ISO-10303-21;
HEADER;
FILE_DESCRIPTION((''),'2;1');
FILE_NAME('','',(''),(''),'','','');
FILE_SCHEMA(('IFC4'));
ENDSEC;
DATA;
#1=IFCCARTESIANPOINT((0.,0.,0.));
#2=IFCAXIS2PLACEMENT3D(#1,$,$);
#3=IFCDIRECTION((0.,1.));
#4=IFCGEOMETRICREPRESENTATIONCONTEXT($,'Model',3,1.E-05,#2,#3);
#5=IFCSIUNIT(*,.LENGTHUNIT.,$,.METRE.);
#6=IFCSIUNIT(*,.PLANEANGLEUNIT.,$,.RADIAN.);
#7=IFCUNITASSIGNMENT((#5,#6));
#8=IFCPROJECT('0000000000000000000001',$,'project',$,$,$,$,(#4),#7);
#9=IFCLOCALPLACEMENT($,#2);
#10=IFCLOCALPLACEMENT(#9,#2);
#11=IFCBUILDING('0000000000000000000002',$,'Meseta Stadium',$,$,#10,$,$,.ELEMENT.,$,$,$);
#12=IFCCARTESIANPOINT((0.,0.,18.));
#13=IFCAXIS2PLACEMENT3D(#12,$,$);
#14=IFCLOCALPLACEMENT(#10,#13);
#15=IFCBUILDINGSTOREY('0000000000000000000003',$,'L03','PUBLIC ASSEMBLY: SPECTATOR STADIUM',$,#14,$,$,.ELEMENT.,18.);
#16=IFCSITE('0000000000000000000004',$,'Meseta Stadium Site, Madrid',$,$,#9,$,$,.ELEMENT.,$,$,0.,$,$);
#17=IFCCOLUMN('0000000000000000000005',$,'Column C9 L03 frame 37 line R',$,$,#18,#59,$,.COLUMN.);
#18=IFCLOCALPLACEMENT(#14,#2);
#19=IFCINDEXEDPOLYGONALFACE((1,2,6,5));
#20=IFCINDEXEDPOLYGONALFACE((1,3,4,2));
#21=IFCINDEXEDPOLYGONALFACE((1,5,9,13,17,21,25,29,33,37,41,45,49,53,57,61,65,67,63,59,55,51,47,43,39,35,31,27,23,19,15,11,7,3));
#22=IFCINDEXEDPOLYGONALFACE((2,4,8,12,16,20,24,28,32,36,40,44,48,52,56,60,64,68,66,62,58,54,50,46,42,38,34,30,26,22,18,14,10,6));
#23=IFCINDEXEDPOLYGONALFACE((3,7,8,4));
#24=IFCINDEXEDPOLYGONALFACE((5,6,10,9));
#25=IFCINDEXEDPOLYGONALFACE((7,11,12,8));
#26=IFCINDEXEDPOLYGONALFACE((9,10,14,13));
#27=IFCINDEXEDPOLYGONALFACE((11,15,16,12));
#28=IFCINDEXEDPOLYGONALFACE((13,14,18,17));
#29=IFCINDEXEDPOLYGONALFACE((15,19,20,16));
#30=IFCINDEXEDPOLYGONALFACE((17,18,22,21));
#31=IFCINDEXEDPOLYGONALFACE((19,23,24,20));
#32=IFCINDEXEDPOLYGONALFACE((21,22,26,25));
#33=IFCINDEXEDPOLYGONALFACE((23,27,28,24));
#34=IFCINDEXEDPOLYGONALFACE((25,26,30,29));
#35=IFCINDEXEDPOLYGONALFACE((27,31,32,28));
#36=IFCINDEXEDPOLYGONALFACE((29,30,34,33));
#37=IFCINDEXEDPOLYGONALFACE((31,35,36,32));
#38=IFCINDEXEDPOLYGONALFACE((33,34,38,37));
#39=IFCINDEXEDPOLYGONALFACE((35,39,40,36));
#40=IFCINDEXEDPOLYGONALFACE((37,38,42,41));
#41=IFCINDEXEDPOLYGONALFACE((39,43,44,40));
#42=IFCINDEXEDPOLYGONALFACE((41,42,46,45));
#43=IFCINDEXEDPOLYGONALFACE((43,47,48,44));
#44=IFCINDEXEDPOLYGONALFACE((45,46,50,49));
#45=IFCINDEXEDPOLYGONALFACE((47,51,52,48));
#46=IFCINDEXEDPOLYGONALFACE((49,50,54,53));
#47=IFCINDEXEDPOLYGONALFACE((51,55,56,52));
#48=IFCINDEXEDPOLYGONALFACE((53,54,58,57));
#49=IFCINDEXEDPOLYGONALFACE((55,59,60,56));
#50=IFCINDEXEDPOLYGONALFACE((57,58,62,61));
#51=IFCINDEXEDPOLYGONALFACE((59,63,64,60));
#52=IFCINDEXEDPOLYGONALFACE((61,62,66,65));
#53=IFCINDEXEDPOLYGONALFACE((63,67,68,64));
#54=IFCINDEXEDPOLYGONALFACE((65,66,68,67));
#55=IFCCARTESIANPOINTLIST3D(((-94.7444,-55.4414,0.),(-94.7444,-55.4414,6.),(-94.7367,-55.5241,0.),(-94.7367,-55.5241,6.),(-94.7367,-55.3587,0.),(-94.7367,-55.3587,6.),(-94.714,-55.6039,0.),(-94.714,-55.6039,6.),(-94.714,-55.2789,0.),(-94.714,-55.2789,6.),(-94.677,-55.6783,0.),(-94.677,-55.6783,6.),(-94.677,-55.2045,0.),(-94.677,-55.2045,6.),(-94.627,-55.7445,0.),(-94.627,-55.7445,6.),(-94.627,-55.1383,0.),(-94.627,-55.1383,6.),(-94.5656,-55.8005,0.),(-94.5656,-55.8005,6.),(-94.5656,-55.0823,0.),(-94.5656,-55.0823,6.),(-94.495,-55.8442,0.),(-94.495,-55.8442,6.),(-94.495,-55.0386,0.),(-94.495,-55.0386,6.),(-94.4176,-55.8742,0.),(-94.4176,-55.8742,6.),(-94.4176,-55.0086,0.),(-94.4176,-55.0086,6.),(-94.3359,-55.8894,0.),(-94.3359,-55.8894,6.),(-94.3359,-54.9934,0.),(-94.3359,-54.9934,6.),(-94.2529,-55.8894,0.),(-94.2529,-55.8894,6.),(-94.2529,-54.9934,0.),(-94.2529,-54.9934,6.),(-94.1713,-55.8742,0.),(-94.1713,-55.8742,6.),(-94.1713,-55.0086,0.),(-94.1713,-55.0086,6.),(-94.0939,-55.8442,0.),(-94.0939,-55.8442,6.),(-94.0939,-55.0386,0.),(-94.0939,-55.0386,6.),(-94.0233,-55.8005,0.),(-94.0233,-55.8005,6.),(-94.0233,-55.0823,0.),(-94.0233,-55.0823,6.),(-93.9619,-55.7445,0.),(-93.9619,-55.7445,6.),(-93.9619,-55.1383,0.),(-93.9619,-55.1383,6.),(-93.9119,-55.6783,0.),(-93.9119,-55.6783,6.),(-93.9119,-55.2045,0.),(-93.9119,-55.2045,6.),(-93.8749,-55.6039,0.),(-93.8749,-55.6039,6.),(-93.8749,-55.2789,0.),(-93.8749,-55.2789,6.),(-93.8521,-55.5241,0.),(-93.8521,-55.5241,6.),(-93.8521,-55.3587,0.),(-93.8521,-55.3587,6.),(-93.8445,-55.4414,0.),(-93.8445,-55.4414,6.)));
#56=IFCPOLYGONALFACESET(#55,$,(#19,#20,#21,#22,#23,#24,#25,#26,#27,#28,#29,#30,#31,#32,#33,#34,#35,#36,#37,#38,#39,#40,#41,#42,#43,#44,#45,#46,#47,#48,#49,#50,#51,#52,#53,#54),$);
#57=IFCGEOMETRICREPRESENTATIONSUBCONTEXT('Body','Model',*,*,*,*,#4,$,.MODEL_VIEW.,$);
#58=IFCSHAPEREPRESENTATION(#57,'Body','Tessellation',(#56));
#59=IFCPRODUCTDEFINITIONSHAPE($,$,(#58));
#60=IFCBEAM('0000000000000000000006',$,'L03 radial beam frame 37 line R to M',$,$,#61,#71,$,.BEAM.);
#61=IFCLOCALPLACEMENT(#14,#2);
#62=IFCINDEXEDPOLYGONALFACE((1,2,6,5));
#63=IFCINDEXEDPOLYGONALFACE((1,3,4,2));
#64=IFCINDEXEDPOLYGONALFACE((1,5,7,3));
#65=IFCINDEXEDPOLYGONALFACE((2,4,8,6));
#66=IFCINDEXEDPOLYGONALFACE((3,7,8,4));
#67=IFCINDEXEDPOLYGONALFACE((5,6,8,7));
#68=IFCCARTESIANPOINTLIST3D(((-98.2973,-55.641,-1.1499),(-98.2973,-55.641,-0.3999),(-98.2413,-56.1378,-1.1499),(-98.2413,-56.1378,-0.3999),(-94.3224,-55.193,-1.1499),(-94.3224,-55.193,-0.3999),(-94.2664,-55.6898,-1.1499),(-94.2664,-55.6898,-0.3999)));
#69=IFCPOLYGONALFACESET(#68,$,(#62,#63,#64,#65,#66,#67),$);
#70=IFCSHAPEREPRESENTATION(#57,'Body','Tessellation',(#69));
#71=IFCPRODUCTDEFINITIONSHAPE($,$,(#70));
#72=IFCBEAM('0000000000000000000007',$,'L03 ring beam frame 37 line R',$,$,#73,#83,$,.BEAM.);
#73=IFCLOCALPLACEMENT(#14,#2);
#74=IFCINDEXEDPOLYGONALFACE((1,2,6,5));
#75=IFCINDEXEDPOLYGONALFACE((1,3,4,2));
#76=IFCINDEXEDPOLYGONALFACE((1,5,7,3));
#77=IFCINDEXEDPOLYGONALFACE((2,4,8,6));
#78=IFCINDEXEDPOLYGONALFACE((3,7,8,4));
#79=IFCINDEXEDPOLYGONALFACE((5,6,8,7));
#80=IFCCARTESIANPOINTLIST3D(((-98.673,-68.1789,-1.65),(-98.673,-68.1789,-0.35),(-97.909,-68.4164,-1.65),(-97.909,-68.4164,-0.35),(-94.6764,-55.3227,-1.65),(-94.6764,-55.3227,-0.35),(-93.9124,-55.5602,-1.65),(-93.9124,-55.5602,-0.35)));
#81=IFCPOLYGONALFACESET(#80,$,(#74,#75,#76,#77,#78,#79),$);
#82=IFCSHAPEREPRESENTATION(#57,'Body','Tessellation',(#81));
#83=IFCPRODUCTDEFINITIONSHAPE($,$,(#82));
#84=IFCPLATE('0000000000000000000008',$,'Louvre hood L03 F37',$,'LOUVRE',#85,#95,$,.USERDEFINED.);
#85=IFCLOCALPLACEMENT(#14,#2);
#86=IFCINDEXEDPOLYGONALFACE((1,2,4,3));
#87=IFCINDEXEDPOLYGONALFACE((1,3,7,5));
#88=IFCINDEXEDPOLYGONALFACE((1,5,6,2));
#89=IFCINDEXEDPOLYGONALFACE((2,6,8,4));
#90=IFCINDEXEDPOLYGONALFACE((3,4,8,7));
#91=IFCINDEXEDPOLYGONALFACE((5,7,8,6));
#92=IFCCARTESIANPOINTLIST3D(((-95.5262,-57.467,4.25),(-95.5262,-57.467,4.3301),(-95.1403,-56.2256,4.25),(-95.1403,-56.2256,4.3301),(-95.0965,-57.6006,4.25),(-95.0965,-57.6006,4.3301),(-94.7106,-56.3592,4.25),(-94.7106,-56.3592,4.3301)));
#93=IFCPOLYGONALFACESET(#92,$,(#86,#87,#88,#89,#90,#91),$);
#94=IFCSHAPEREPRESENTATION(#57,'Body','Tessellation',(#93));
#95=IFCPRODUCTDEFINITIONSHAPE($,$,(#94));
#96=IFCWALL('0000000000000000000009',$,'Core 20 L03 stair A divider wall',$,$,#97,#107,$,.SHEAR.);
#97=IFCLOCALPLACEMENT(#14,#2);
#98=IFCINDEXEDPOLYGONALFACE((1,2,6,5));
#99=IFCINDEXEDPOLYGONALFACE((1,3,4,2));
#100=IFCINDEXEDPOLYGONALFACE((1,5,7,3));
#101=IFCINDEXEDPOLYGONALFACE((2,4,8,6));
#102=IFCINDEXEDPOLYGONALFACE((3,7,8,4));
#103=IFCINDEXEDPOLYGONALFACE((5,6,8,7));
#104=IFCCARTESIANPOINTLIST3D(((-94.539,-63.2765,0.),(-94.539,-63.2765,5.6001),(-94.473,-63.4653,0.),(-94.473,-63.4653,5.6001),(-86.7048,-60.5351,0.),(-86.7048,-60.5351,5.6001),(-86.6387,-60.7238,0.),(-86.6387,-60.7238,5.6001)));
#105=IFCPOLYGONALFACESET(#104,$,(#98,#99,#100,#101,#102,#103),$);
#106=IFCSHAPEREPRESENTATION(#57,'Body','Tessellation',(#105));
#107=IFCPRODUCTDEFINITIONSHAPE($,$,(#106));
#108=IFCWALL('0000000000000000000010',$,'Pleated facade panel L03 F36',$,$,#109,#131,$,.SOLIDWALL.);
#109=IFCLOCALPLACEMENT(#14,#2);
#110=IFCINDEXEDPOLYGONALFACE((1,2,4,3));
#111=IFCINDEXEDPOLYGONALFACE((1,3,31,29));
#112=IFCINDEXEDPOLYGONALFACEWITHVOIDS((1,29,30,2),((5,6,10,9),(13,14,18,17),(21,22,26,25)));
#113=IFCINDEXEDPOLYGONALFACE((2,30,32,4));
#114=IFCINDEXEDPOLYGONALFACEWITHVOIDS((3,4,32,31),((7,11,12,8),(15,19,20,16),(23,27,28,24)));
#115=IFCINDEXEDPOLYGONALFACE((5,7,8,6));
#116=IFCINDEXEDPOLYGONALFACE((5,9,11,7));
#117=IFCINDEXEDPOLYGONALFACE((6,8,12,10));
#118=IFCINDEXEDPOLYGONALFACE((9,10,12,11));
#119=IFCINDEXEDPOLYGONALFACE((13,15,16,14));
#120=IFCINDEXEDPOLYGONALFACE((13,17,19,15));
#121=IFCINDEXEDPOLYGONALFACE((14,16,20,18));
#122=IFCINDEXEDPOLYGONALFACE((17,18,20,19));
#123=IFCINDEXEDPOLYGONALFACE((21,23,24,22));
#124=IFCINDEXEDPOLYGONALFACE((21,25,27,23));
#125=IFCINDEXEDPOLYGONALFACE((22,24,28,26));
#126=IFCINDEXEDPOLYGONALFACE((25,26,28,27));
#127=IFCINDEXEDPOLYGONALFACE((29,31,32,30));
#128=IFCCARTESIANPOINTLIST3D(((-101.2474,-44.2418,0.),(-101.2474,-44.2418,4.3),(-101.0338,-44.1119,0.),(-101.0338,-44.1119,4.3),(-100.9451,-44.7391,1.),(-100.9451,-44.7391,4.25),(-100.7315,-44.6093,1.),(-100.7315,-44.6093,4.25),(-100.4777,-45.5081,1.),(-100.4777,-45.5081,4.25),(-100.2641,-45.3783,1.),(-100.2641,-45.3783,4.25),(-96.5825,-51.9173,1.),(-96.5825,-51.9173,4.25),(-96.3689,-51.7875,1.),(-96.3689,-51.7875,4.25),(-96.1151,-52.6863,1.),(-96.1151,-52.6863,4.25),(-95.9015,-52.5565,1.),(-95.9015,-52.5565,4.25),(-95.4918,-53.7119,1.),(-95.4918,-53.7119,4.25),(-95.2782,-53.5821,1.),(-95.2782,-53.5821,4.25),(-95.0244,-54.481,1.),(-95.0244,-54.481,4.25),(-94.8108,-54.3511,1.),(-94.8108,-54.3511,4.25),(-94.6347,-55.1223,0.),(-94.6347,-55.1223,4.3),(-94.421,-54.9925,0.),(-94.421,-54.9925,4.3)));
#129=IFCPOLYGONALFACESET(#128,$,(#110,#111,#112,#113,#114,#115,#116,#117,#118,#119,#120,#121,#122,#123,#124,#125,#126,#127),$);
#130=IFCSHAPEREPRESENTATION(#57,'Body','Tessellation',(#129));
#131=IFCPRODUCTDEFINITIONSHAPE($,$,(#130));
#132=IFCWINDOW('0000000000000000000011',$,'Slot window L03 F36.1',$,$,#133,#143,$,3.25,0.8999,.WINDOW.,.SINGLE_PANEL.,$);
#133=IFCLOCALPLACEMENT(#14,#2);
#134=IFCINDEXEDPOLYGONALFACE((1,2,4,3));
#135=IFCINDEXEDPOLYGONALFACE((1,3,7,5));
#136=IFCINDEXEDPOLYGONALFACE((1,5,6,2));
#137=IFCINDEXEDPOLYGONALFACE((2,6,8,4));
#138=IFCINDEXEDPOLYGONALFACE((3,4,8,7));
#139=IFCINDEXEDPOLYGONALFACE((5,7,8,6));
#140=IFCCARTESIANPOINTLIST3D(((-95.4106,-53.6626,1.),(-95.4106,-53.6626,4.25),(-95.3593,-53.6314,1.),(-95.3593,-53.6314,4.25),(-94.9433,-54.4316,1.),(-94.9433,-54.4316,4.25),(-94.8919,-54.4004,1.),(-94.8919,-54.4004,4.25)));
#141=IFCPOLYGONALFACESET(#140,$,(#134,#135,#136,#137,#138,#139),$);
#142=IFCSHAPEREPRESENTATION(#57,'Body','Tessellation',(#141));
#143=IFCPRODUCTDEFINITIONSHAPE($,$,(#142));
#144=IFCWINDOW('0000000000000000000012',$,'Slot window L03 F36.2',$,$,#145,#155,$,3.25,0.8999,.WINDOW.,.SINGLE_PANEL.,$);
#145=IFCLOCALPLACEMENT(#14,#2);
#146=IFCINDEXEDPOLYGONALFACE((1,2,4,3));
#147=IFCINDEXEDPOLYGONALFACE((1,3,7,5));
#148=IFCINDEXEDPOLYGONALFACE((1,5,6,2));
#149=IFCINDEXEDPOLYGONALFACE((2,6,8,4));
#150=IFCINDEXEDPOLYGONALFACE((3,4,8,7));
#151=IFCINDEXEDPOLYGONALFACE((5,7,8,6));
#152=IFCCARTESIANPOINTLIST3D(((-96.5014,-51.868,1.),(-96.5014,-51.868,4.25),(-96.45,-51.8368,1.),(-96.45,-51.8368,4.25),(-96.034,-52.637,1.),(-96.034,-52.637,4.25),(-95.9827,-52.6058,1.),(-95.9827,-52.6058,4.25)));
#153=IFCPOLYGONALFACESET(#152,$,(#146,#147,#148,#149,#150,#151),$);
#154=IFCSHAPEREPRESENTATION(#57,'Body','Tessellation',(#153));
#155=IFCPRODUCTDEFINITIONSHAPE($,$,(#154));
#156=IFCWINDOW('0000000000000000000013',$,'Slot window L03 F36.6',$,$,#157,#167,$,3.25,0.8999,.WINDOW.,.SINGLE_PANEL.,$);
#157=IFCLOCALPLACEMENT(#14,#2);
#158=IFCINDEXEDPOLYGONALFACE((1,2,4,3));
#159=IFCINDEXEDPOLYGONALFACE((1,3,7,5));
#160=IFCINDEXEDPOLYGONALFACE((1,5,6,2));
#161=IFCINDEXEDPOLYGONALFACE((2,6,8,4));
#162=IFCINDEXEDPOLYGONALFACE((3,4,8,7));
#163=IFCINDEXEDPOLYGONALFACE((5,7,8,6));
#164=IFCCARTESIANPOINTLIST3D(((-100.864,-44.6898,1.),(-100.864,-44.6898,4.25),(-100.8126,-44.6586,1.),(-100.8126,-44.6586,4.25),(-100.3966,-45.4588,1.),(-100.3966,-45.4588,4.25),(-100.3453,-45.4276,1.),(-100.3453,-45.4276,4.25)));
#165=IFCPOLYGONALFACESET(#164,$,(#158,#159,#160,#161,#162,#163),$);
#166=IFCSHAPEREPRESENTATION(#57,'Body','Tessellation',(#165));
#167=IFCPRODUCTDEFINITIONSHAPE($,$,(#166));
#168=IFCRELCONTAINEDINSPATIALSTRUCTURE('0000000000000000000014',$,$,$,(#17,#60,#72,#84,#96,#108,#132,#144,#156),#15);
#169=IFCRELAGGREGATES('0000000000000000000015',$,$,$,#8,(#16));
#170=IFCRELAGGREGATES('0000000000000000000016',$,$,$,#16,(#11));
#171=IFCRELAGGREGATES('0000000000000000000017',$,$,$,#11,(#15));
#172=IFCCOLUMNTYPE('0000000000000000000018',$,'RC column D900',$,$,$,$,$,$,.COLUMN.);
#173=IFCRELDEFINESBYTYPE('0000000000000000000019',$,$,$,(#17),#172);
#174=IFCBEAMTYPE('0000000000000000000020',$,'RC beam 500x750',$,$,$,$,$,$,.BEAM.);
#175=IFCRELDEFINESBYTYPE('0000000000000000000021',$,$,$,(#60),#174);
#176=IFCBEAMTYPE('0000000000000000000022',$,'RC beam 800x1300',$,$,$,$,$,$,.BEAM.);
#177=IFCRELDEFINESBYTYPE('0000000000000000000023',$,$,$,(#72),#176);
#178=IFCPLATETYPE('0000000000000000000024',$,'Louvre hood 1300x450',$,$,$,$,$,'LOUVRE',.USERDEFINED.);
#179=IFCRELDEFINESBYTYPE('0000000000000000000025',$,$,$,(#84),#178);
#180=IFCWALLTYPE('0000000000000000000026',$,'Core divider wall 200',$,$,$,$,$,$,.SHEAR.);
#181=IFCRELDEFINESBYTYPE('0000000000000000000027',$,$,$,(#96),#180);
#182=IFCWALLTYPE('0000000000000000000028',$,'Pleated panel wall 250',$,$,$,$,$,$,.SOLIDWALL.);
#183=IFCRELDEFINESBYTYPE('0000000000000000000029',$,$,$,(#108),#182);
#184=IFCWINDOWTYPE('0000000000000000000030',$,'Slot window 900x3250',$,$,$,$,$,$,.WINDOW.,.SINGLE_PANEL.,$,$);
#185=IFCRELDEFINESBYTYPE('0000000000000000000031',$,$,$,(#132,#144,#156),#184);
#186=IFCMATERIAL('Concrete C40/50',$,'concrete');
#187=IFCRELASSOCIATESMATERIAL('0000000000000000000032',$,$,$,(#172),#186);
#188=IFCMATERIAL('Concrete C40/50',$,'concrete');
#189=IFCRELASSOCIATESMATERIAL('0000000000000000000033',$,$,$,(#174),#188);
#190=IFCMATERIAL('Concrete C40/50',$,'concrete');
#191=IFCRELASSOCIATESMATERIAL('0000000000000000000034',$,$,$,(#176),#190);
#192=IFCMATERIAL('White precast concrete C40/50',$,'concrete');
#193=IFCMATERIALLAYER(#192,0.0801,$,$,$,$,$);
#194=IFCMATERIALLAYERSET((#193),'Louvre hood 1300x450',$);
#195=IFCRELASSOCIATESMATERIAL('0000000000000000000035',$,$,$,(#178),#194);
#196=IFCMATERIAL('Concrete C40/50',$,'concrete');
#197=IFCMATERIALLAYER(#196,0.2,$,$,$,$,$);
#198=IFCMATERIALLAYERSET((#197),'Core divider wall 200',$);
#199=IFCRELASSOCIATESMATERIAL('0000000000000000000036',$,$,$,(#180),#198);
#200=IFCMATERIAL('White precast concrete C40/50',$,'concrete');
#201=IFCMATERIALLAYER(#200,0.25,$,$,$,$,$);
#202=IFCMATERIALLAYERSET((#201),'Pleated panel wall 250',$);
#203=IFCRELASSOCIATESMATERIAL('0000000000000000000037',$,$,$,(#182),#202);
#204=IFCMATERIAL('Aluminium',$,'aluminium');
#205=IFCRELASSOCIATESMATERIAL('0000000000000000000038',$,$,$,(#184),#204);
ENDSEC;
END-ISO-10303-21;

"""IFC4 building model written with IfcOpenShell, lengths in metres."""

from ifc_helpers import new_model, si_unit, direction, frame, frame_2d, origin, origin_2d, place, context, subcontext, project, spatial, rectangle, circle, extrude, material, layer, layer_set, material_profile, profile_set, type_object, element, fill, save


model = new_model("IFC4")

# Units and contexts
model_context = context("Model", 3, precision=1e-05, world=origin(), true_north=direction((0.0, 1.0)))
body_context = subcontext(model_context, "Body", "Model", "MODEL_VIEW")
ifc_project = project(units=[si_unit("LENGTHUNIT", "METRE"), si_unit("PLANEANGLEUNIT", "RADIAN")], contexts=[model_context])

# Site, building, storey
site_placement = place(None, origin())
site = spatial("IfcSite", under=ifc_project, at=site_placement, Name="Meseta Stadium Site, Madrid", CompositionType="ELEMENT", RefElevation=0.0)
building_placement = place(site_placement, origin())
building = spatial("IfcBuilding", under=site, at=building_placement, Name="Meseta Stadium", CompositionType="ELEMENT")
storey_placement = place(building_placement, frame((0.0, 0.0, 18.0)))
storey = spatial("IfcBuildingStorey", under=building, at=storey_placement, Name="L03", Description="PUBLIC ASSEMBLY: SPECTATOR STADIUM", CompositionType="ELEMENT", Elevation=18.0)

# Column
ifc_material_1 = material(Name="Concrete C40/50", Category="concrete")
ifc_material_profile_1 = material_profile(ifc_material_1, circle(Radius=0.45, at=origin_2d()), Name="RC D900")
ifc_profile_set_1 = profile_set([ifc_material_profile_1], Name="Concrete C40/50")
column_type = type_object("IfcColumnType", Name="RC column D900", PredefinedType="COLUMN", material=ifc_profile_set_1)
column_placement = place(storey_placement, frame((-94.2944, -55.4414, 0.0), z_axis=(0.0, 0.0, 1.0), x_axis=(1.0, 0.0, 0.0)))
element("IfcColumn", 1, at=column_placement, inside=storey, type_object=column_type, Name="Column C9 L03 frame 37 line R", PredefinedType="COLUMN", context=body_context, shape_type="SweptSolid", body=[
    extrude(circle(Radius=0.45, at=origin_2d()), origin(), (0.0, 0.0, 1.0), 6.0),
])

# Beams
ifc_material_2 = material(Name="Concrete C40/50", Category="concrete")
ifc_material_profile_2 = material_profile(ifc_material_2, rectangle(XDim=0.5, YDim=0.75, at=origin_2d()), Name="RC 500x750")
ifc_profile_set_2 = profile_set([ifc_material_profile_2], Name="Concrete C40/50")
beam_type_1 = type_object("IfcBeamType", Name="RC beam 500x750", PredefinedType="BEAM", material=ifc_profile_set_2)
beam_1_placement = place(storey_placement, frame((-94.2944, -55.4414, -0.7749), z_axis=(-0.993708, -0.111999, 0.0), x_axis=(0.111999, -0.993708, 0.0)))
element("IfcBeam", 2, at=beam_1_placement, inside=storey, type_object=beam_type_1, Name="L03 radial beam frame 37 line R to M", PredefinedType="BEAM", context=body_context, shape_type="SweptSolid", body=[
    extrude(rectangle(XDim=0.5, YDim=0.75, at=origin_2d()), origin(), (0.0, 0.0, 1.0), 4.0),
])
ifc_material_3 = material(Name="Concrete C40/50", Category="concrete")
ifc_material_profile_3 = material_profile(ifc_material_3, rectangle(XDim=0.8, YDim=1.3, at=origin_2d()), Name="RC 800x1300")
ifc_profile_set_3 = profile_set([ifc_material_profile_3], Name="Concrete C40/50")
beam_type_2 = type_object("IfcBeamType", Name="RC beam 800x1300", PredefinedType="BEAM", material=ifc_profile_set_3)
beam_2_placement = place(storey_placement, frame((-94.2944, -55.4414, -1.0), z_axis=(-0.296855, -0.954923, 0.0), x_axis=(0.954923, -0.296855, 0.0)))
element("IfcBeam", 3, at=beam_2_placement, inside=storey, type_object=beam_type_2, Name="L03 ring beam frame 37 line R", PredefinedType="BEAM", context=body_context, shape_type="SweptSolid", body=[
    extrude(rectangle(XDim=0.8, YDim=1.3, at=origin_2d()), origin(), (0.0, 0.0, 1.0), 13.4631),
])

# Plate
ifc_material_4 = material(Name="White precast concrete C40/50", Category="concrete")
ifc_layer_1 = layer(ifc_material_4, 0.0801)
ifc_layer_set_1 = layer_set([ifc_layer_1], Name="Louvre hood 1300x450")
plate_type = type_object("IfcPlateType", Name="Louvre hood 1300x450", ElementType="LOUVRE", PredefinedType="USERDEFINED", material=ifc_layer_set_1)
plate_placement = place(storey_placement, frame((-95.1184, -56.9131, 4.25), z_axis=(0.0, 0.0, 1.0), x_axis=(-0.296869, -0.954918, 0.0)))
element("IfcPlate", 4, at=plate_placement, inside=storey, type_object=plate_type, Name="Louvre hood L03 F37", ObjectType="LOUVRE", PredefinedType="USERDEFINED", context=body_context, shape_type="SweptSolid", body=[
    extrude(rectangle(XDim=1.3, YDim=0.45, at=origin_2d()), origin(), (0.0, 0.0, 1.0), 0.0801),
])

# Wall
ifc_material_5 = material(Name="Concrete C40/50", Category="concrete")
ifc_layer_2 = layer(ifc_material_5, 0.2)
ifc_layer_set_2 = layer_set([ifc_layer_2], Name="Core divider wall 200")
wall_type_1 = type_object("IfcWallType", Name="Core divider wall 200", PredefinedType="SHEAR", material=ifc_layer_set_2)
wall_1_placement = place(storey_placement, frame((-94.5059, -63.3708, 0.0), z_axis=(0.0, 0.0, 1.0), x_axis=(0.943878, 0.330294, 0.0)))
element("IfcWall", 5, at=wall_1_placement, inside=storey, type_object=wall_type_1, Name="Core 20 L03 stair A divider wall", PredefinedType="SHEAR", context=body_context, shape_type="SweptSolid", body=[
    extrude(rectangle(XDim=8.3, YDim=0.2, at=frame_2d((4.1499, 0.0))), origin(), (0.0, 0.0, 1.0), 5.6001),
])

# Wall, openings, windows
ifc_material_6 = material(Name="White precast concrete C40/50", Category="concrete")
ifc_layer_3 = layer(ifc_material_6, 0.25)
ifc_layer_set_3 = layer_set([ifc_layer_3], Name="Pleated panel wall 250")
wall_type_2 = type_object("IfcWallType", Name="Pleated panel wall 250", PredefinedType="SOLIDWALL", material=ifc_layer_set_3)
wall_2_placement = place(storey_placement, frame((-94.5278, -55.0574, 0.0), z_axis=(0.0, 0.0, 1.0), x_axis=(-0.519363, 0.854554, 0.0)))
wall_2 = element("IfcWall", 6, at=wall_2_placement, inside=storey, type_object=wall_type_2, Name="Pleated facade panel L03 F36", PredefinedType="SOLIDWALL", context=body_context, shape_type="SweptSolid", body=[
    extrude(rectangle(XDim=12.7324, YDim=0.25, at=frame_2d((6.3662, 0.0))), origin(), (0.0, 0.0, 1.0), 4.3),
])
opening_1_placement = place(wall_2_placement, frame((0.7505, 0.0, 1.0)))
opening_1 = element("IfcOpeningElement", 7, at=opening_1_placement, cuts=wall_2, PredefinedType="OPENING", context=body_context, shape_type="SweptSolid", body=[
    extrude(rectangle(XDim=0.8999, YDim=3.25, at=frame_2d((0.45, 1.625))), frame((0.0, 0.135, 0.0), z_axis=(0.0, -1.0, 0.0), x_axis=(1.0, 0.0, 0.0)), (0.0, 0.0, 1.0), 0.27),
])
opening_2_placement = place(wall_2_placement, frame((2.8506, 0.0, 1.0)))
opening_2 = element("IfcOpeningElement", 8, at=opening_2_placement, cuts=wall_2, PredefinedType="OPENING", context=body_context, shape_type="SweptSolid", body=[
    extrude(rectangle(XDim=0.8999, YDim=3.25, at=frame_2d((0.45, 1.625))), frame((0.0, 0.135, 0.0), z_axis=(0.0, -1.0, 0.0), x_axis=(1.0, 0.0, 0.0)), (0.0, 0.0, 1.0), 0.27),
])
opening_3_placement = place(wall_2_placement, frame((11.2505, 0.0, 1.0)))
opening_3 = element("IfcOpeningElement", 9, at=opening_3_placement, cuts=wall_2, PredefinedType="OPENING", context=body_context, shape_type="SweptSolid", body=[
    extrude(rectangle(XDim=0.8999, YDim=3.25, at=frame_2d((0.45, 1.625))), frame((0.0, 0.135, 0.0), z_axis=(0.0, -1.0, 0.0), x_axis=(1.0, 0.0, 0.0)), (0.0, 0.0, 1.0), 0.27),
])
ifc_material_7 = material(Name="Aluminium", Category="aluminium")
window_type = type_object("IfcWindowType", Name="Slot window 900x3250", PartitioningType="SINGLE_PANEL", PredefinedType="WINDOW", material=ifc_material_7)
window_1_placement = place(opening_1_placement, origin())
window_1 = element("IfcWindow", 10, at=window_1_placement, inside=storey, type_object=window_type, Name="Slot window L03 F36.1", OverallHeight=3.25, OverallWidth=0.8999, PartitioningType="SINGLE_PANEL", PredefinedType="WINDOW", context=body_context, shape_type="SweptSolid", body=[
    extrude(rectangle(XDim=0.8999, YDim=3.25, at=frame_2d((0.45, 1.625))), frame((0.0, 0.03, 0.0), z_axis=(0.0, -1.0, 0.0), x_axis=(1.0, 0.0, 0.0)), (0.0, 0.0, 1.0), 0.0601),
])
fill(opening_1, window_1)
window_2_placement = place(opening_2_placement, origin())
window_2 = element("IfcWindow", 11, at=window_2_placement, inside=storey, type_object=window_type, Name="Slot window L03 F36.2", OverallHeight=3.25, OverallWidth=0.8999, PartitioningType="SINGLE_PANEL", PredefinedType="WINDOW", context=body_context, shape_type="SweptSolid", body=[
    extrude(rectangle(XDim=0.8999, YDim=3.25, at=frame_2d((0.45, 1.625))), frame((0.0, 0.03, 0.0), z_axis=(0.0, -1.0, 0.0), x_axis=(1.0, 0.0, 0.0)), (0.0, 0.0, 1.0), 0.0601),
])
fill(opening_2, window_2)
window_3_placement = place(opening_3_placement, origin())
window_3 = element("IfcWindow", 12, at=window_3_placement, inside=storey, type_object=window_type, Name="Slot window L03 F36.6", OverallHeight=3.25, OverallWidth=0.8999, PartitioningType="SINGLE_PANEL", PredefinedType="WINDOW", context=body_context, shape_type="SweptSolid", body=[
    extrude(rectangle(XDim=0.8999, YDim=3.25, at=frame_2d((0.45, 1.625))), frame((0.0, 0.03, 0.0), z_axis=(0.0, -1.0, 0.0), x_axis=(1.0, 0.0, 0.0)), (0.0, 0.0, 1.0), 0.0601),
])
fill(opening_3, window_3)

save(model, "model.ifc")
